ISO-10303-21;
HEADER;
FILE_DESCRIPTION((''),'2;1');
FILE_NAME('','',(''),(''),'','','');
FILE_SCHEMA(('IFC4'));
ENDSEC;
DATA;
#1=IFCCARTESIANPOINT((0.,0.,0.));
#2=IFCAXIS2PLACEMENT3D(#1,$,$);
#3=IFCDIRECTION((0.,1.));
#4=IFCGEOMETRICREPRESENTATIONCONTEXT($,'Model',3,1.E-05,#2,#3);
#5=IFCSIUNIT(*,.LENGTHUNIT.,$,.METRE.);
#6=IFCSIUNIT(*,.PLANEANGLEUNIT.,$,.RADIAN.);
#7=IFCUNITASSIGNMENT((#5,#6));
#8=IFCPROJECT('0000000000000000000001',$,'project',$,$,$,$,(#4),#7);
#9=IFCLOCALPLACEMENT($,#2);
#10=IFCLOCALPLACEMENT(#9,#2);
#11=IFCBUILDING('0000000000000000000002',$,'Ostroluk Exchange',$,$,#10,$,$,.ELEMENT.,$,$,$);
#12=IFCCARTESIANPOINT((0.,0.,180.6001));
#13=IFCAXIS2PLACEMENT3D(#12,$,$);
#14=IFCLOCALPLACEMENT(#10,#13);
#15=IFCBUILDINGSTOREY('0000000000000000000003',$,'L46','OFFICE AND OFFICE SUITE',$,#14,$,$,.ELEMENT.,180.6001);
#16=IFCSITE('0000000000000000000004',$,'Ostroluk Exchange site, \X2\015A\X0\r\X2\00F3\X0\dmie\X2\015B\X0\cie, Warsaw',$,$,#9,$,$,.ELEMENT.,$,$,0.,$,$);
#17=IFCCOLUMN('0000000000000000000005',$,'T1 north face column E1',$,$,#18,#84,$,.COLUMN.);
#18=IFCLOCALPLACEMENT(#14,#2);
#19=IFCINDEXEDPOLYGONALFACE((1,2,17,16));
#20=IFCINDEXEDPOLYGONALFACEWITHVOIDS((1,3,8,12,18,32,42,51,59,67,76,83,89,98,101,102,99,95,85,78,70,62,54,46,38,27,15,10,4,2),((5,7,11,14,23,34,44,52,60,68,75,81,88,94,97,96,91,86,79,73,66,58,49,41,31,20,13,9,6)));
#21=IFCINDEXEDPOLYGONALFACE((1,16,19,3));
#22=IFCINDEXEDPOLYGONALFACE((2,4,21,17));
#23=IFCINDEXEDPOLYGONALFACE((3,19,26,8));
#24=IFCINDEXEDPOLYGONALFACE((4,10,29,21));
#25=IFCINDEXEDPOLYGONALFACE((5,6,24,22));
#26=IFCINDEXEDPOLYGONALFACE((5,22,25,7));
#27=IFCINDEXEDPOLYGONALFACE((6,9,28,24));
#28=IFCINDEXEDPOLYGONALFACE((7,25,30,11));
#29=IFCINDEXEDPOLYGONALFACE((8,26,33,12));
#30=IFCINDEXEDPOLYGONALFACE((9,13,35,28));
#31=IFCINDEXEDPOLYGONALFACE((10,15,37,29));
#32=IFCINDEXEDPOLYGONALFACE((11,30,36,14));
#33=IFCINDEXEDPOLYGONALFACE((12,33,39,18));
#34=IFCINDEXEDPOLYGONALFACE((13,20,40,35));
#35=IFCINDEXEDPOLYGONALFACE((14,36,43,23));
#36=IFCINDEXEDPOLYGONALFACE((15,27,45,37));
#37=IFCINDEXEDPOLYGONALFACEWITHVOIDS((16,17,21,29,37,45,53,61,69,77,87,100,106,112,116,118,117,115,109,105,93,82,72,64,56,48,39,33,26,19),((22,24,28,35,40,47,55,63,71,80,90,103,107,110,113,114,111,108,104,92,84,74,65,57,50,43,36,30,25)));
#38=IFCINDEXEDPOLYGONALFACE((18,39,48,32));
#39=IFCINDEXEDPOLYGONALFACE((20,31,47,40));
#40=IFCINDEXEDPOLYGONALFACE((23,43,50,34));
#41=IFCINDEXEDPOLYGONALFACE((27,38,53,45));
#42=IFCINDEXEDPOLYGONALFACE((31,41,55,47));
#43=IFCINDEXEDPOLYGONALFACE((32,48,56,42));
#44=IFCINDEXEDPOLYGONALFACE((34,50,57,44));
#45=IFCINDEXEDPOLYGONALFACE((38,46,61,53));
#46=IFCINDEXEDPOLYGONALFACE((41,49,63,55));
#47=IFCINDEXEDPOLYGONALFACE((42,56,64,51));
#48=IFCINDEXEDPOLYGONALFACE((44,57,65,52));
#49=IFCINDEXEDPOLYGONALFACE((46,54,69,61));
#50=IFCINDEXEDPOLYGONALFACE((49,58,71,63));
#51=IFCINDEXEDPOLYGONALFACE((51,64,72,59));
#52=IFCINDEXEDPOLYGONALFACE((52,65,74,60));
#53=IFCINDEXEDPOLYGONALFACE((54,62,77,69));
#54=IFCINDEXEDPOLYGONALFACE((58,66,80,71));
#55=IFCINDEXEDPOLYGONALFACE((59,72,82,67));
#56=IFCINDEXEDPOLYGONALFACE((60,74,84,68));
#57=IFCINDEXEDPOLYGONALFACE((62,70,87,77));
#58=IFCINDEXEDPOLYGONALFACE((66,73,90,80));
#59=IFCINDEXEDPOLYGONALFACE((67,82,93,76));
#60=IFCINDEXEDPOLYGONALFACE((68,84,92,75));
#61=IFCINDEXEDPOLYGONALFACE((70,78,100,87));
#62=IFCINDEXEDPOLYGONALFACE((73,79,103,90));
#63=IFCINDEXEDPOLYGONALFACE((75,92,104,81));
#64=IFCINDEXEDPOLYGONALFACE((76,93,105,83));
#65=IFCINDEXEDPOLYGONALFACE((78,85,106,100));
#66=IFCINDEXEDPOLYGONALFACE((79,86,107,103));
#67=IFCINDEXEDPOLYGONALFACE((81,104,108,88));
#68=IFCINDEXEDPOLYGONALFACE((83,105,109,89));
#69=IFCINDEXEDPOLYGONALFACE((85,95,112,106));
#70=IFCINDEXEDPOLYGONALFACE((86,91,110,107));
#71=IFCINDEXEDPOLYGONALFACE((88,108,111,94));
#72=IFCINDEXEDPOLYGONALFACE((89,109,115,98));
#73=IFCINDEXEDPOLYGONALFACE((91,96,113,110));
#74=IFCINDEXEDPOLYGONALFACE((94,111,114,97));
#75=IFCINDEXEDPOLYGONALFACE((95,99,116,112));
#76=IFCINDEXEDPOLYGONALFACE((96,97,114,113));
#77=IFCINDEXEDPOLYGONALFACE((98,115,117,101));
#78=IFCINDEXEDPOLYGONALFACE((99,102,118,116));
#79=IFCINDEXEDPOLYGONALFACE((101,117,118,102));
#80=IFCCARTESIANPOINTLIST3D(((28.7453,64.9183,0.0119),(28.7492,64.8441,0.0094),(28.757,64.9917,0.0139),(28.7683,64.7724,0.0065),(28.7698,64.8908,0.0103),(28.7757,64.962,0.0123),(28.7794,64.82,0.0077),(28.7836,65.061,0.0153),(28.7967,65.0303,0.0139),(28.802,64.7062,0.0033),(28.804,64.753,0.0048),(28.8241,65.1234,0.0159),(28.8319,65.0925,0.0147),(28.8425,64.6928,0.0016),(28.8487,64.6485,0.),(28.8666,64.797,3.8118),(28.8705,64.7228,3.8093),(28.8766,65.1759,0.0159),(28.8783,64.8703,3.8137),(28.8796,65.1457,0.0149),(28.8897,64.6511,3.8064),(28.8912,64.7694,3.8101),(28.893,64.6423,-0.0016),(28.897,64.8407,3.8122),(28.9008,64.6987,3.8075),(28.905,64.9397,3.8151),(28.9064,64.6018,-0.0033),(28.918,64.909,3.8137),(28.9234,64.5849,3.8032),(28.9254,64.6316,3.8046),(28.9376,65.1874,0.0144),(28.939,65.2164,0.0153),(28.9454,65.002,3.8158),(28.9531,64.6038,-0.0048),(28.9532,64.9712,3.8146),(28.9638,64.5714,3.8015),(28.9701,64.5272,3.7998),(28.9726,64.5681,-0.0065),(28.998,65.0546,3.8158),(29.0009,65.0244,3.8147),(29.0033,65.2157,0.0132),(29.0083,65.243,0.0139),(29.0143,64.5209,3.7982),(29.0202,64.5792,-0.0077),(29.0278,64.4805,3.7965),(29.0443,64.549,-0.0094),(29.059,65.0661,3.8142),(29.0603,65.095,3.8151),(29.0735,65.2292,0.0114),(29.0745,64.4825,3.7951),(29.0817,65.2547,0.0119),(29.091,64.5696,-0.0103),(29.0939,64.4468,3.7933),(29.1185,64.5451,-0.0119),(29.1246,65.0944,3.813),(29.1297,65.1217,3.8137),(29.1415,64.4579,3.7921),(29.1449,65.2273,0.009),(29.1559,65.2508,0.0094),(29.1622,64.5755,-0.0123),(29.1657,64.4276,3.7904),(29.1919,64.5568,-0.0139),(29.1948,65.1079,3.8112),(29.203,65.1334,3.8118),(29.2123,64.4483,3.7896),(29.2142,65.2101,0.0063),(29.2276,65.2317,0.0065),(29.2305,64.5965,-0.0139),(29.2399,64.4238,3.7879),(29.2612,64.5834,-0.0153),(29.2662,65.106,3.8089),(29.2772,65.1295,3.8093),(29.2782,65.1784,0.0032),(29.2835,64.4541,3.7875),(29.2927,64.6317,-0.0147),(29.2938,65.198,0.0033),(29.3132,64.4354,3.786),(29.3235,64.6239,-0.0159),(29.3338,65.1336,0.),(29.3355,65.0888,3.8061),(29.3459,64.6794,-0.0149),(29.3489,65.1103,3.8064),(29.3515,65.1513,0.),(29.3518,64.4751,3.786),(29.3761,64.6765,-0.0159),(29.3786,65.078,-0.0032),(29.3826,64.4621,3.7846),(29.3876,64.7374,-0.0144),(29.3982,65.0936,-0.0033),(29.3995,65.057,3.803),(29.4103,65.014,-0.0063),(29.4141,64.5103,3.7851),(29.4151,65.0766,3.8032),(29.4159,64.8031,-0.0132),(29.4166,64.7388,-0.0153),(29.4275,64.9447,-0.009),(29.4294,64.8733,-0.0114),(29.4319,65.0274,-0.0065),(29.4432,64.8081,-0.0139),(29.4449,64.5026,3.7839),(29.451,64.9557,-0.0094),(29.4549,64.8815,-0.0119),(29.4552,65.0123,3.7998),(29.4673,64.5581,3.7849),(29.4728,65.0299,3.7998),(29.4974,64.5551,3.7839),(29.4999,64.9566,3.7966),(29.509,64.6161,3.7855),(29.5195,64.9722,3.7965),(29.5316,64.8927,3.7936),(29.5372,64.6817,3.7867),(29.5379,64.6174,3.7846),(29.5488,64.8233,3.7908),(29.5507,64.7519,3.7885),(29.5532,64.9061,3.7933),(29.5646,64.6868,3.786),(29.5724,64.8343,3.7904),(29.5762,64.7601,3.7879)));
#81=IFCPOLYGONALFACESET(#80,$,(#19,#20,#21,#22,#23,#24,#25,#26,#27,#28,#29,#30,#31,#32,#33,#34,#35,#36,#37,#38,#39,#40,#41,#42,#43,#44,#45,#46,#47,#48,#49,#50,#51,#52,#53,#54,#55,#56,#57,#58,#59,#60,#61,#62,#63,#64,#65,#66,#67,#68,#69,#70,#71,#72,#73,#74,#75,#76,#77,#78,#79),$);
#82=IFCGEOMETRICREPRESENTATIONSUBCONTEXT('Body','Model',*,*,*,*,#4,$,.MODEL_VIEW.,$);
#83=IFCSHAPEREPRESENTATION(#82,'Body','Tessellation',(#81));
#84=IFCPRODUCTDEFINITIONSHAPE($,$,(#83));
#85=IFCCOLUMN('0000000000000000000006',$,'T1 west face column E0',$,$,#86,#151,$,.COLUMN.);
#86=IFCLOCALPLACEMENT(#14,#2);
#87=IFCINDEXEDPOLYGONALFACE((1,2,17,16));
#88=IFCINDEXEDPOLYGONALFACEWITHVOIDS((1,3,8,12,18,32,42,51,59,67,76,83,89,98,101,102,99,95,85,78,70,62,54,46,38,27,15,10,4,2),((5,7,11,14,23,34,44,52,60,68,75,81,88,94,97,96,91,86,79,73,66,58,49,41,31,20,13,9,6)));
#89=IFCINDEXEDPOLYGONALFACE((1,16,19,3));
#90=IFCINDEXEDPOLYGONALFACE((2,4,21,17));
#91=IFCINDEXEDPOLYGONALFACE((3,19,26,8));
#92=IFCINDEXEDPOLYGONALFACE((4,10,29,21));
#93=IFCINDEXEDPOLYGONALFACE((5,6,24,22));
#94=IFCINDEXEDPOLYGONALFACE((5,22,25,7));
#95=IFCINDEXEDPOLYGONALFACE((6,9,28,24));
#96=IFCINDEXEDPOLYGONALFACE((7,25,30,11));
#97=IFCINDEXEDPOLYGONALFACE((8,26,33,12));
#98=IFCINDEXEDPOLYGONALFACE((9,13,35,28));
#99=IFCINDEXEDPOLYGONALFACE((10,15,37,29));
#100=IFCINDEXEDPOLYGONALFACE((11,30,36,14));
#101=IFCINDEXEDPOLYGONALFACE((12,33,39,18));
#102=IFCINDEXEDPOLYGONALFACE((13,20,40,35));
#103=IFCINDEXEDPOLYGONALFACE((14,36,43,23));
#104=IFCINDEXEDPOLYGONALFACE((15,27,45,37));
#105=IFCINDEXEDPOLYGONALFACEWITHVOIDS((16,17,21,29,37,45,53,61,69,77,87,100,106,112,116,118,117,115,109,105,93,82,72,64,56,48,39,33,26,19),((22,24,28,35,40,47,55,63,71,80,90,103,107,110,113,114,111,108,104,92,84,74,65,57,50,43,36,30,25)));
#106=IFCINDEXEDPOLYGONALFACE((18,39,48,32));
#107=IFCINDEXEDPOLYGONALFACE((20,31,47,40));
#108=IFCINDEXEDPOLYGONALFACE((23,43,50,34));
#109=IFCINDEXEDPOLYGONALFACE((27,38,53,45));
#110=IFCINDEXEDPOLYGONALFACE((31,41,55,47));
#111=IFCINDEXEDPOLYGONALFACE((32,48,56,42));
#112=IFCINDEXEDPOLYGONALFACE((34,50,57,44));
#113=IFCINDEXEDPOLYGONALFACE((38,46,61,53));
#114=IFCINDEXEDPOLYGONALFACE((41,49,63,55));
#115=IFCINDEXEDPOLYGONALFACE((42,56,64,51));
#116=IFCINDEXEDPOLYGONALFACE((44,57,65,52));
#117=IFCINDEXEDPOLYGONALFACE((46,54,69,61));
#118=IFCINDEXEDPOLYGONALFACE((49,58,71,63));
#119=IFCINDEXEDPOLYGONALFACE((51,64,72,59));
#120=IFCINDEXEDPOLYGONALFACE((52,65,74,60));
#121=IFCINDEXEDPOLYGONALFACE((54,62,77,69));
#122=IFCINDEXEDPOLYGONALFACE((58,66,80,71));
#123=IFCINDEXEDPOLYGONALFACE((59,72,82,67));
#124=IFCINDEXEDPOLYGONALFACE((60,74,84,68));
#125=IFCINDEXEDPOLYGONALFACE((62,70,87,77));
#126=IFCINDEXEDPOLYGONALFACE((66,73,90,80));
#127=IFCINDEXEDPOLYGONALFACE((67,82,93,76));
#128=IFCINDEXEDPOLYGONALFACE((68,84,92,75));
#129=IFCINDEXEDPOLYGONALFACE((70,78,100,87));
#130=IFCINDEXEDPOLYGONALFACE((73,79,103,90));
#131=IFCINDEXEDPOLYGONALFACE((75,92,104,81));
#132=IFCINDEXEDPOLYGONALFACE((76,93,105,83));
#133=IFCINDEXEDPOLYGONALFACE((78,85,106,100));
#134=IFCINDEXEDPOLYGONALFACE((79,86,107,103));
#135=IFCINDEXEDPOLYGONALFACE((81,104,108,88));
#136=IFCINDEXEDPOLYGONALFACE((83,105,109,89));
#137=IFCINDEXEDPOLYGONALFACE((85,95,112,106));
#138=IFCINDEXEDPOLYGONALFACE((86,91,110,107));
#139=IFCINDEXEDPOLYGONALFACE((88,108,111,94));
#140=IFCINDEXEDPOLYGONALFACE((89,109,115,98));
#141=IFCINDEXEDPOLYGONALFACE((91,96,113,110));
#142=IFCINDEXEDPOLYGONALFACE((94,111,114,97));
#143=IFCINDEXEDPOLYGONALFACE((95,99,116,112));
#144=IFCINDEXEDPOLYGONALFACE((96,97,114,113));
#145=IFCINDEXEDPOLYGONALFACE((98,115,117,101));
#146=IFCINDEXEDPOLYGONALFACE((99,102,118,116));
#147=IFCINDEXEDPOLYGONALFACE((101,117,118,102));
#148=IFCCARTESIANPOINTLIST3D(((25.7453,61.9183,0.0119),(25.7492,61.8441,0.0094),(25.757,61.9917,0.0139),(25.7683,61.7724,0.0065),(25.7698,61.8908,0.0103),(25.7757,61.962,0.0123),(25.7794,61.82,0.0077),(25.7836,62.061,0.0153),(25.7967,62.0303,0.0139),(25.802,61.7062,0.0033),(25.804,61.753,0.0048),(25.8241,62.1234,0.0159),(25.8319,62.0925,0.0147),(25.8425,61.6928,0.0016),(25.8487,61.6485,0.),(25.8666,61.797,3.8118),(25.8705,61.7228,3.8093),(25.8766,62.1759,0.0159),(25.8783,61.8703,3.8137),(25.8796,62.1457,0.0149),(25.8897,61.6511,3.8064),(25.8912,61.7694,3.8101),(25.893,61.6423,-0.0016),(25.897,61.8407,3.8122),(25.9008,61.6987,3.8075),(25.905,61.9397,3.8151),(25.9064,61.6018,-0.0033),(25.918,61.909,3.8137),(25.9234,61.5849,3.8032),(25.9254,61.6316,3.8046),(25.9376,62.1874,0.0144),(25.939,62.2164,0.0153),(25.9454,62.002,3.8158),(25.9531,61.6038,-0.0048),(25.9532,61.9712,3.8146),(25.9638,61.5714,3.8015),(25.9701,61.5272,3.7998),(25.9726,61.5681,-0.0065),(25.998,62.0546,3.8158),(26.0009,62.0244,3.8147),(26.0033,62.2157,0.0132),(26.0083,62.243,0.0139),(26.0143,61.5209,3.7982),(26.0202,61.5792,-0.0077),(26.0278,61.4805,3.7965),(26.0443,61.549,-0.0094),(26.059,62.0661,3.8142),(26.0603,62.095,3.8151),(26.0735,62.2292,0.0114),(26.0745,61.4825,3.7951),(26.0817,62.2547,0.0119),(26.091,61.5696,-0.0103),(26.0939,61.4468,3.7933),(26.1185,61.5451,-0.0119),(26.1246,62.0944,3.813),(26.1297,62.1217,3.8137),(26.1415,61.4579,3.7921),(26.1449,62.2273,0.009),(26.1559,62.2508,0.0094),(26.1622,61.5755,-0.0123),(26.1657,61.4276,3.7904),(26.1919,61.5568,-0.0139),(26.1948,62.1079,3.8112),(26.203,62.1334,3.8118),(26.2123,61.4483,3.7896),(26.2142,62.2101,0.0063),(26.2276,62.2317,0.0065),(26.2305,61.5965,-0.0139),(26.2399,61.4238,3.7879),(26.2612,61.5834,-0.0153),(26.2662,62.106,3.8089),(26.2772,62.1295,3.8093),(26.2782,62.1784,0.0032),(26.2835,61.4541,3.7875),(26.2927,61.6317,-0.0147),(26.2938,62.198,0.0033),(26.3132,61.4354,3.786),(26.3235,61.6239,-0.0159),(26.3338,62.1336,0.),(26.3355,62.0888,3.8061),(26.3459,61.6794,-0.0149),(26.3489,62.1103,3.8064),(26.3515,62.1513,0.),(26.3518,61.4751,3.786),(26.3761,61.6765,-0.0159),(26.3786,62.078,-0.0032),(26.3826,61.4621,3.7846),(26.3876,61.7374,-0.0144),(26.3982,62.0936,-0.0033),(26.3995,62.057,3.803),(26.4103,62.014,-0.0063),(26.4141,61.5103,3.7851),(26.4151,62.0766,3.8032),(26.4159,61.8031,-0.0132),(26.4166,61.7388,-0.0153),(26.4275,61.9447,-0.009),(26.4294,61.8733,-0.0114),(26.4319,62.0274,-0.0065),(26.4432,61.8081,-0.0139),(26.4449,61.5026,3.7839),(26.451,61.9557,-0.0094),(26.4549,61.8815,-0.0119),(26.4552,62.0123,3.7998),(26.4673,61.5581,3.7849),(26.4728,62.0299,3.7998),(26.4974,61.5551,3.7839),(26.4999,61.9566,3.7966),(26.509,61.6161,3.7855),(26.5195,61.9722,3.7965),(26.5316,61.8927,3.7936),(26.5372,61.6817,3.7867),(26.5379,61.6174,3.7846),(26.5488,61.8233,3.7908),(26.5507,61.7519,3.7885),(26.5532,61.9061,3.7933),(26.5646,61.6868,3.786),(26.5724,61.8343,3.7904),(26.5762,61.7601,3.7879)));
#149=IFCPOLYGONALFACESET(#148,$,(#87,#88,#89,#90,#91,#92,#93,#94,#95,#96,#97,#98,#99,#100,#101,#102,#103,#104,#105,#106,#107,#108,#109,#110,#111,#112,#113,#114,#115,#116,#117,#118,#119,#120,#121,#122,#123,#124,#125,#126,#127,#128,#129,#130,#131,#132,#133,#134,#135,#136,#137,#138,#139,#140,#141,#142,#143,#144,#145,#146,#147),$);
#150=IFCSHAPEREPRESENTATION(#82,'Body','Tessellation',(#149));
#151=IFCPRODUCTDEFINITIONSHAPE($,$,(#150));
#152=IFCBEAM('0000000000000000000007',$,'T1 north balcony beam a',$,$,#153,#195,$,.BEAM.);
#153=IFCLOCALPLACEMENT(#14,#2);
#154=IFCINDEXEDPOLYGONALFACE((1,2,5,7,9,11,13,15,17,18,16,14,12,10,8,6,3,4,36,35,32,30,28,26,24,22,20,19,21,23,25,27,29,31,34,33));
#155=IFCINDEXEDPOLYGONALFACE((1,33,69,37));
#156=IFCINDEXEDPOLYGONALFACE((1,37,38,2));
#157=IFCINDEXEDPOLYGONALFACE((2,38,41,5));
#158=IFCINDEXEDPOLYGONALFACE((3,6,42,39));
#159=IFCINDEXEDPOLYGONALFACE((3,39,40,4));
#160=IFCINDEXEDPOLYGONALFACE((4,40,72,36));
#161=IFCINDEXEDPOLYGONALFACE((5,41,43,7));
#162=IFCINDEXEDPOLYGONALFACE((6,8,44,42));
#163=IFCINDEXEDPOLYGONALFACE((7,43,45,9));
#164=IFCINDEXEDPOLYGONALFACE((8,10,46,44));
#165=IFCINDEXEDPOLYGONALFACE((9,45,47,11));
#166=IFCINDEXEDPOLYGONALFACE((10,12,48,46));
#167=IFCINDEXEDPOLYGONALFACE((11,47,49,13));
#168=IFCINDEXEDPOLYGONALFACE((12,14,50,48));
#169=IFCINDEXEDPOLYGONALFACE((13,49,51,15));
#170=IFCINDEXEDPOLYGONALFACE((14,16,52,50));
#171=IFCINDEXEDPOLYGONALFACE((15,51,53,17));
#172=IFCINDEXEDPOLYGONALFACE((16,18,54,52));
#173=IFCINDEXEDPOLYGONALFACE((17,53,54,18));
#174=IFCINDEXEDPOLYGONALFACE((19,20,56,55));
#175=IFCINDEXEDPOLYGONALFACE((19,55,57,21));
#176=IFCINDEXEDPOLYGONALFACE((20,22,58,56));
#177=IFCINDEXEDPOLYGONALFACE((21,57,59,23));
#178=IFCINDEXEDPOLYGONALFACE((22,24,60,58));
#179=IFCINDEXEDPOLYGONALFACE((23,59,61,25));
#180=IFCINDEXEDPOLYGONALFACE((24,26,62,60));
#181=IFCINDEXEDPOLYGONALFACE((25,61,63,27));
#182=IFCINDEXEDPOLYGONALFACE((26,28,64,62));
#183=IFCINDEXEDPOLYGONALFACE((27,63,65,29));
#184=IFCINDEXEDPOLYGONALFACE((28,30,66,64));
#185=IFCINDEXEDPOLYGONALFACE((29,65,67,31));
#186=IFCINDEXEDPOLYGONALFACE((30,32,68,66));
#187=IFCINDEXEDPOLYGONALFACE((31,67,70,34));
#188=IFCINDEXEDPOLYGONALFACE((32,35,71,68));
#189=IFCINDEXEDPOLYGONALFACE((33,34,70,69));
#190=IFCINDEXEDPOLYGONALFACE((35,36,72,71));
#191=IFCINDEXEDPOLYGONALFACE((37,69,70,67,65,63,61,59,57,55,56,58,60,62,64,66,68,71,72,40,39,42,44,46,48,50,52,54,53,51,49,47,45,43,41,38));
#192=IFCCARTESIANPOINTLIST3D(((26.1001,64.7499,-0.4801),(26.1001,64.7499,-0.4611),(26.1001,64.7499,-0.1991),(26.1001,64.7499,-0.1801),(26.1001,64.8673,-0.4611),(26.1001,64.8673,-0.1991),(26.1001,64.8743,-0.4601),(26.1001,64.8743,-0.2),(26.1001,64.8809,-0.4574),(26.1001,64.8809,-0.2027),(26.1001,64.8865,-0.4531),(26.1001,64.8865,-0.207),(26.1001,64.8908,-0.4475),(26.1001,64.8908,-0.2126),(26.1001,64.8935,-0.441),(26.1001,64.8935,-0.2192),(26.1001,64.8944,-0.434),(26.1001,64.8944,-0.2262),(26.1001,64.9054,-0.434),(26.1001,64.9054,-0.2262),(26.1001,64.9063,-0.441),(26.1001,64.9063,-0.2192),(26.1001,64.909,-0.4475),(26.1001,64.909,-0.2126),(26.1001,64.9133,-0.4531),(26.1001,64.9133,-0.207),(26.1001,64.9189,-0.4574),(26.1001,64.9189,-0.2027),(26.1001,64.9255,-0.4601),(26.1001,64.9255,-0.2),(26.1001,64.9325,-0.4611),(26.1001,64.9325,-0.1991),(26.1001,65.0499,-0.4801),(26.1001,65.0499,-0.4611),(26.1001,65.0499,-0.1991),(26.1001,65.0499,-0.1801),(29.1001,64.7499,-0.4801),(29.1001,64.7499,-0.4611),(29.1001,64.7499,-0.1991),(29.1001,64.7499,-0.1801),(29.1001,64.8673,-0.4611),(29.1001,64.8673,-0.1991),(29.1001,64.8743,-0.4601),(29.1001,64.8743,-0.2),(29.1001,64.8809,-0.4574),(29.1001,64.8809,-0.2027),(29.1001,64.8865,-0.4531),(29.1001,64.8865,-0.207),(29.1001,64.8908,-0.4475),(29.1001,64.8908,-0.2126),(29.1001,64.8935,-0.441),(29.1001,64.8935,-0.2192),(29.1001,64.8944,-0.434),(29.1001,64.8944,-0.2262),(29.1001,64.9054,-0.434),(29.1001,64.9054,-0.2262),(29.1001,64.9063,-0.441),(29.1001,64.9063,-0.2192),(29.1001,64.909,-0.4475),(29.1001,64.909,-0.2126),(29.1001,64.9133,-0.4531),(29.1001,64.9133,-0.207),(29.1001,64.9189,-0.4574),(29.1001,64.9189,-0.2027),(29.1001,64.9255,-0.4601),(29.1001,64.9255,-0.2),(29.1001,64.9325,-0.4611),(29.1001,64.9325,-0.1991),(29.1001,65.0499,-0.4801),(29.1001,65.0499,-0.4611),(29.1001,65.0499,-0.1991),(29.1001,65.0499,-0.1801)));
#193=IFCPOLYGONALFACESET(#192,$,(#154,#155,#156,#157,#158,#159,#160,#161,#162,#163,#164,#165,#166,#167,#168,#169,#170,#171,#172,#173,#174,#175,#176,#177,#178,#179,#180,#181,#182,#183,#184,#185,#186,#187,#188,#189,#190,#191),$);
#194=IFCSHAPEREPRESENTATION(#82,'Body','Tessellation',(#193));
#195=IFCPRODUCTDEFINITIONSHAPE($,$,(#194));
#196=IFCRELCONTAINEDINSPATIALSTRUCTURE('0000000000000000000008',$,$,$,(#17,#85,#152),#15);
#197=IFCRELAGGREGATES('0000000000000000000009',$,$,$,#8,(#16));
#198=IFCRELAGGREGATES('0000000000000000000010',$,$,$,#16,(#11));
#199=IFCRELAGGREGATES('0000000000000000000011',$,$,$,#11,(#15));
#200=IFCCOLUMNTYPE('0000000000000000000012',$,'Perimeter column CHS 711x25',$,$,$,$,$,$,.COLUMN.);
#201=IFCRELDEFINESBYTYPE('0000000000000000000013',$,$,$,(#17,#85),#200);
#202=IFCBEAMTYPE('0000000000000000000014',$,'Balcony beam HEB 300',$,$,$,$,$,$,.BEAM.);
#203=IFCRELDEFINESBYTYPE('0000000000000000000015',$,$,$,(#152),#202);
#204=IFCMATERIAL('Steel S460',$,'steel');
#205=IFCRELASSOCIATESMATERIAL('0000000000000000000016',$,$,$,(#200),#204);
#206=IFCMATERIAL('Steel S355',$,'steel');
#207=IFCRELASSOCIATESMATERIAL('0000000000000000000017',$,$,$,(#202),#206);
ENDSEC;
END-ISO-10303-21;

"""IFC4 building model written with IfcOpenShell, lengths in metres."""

from ifc_helpers import new_model, si_unit, direction, frame, origin, origin_2d, place, context, subcontext, project, spatial, hollow_circle, i_section, extrude, material, material_profile, profile_set, type_object, element, save


model = new_model("IFC4")

# Units and contexts
model_context = context("Model", 3, precision=1e-05, world=origin(), true_north=direction((0.0, 1.0)))
body_context = subcontext(model_context, "Body", "Model", "MODEL_VIEW")
ifc_project = project(units=[si_unit("LENGTHUNIT", "METRE"), si_unit("PLANEANGLEUNIT", "RADIAN")], contexts=[model_context])

# Site, building, storey
site_placement = place(None, origin())
site = spatial("IfcSite", under=ifc_project, at=site_placement, Name="Ostroluk Exchange site, Śródmieście, Warsaw", CompositionType="ELEMENT", RefElevation=0.0)
building_placement = place(site_placement, origin())
building = spatial("IfcBuilding", under=site, at=building_placement, Name="Ostroluk Exchange", CompositionType="ELEMENT")
storey_placement = place(building_placement, frame((0.0, 0.0, 180.6001)))
storey = spatial("IfcBuildingStorey", under=building, at=storey_placement, Name="L46", Description="OFFICE AND OFFICE SUITE", CompositionType="ELEMENT", Elevation=180.6001)

# Columns
ifc_material_1 = material(Name="Steel S460", Category="steel")
ifc_material_profile_1 = material_profile(ifc_material_1, hollow_circle(Radius=0.3555, WallThickness=0.0249, at=origin_2d()), Name="CHS 711x25")
ifc_profile_set_1 = profile_set([ifc_material_profile_1], Name="Steel S460")
column_type = type_object("IfcColumnType", Name="Perimeter column CHS 711x25", PredefinedType="COLUMN", material=ifc_profile_set_1)
for number, where, z_axis, x_axis, name in (
    (1, (29.1001, 64.8999, 0.0), (0.0319, -0.0319, 0.998982), (0.707107, 0.707107, 0.0), "T1 north face column E1"),
    (2, (26.1001, 61.8999, 0.0), (0.0319, -0.0319, 0.998982), (0.707107, 0.707107, 0.0), "T1 west face column E0"),
):
    element("IfcColumn", number, at=place(storey_placement, frame(where, z_axis=z_axis, x_axis=x_axis)), inside=storey, type_object=column_type, Name=name, PredefinedType="COLUMN", context=body_context, shape_type="SweptSolid", body=[
        extrude(hollow_circle(Radius=0.3555, WallThickness=0.0249, at=origin_2d()), origin(), (0.0, 0.0, 1.0), 3.8037),
    ])

# Beam
ifc_material_2 = material(Name="Steel S355", Category="steel")
ifc_material_profile_2 = material_profile(ifc_material_2, i_section(OverallWidth=0.3, OverallDepth=0.3, WebThickness=0.011, FlangeThickness=0.019, FilletRadius=0.0271, at=origin_2d()), Name="HEB 300")
ifc_profile_set_2 = profile_set([ifc_material_profile_2], Name="Steel S355")
beam_type_1 = type_object("IfcBeamType", Name="Balcony beam HEB 300", PredefinedType="BEAM", material=ifc_profile_set_2)
for number, where, z_axis, x_axis, name in (
    (3, (29.1001, 64.8999, -0.3301), (-1.0, 0.0, 0.0), (0.0, -1.0, 0.0), "T1 north balcony beam a"),
):
    element("IfcBeam", number, at=place(storey_placement, frame(where, z_axis=z_axis, x_axis=x_axis)), inside=storey, type_object=beam_type_1, Name=name, PredefinedType="BEAM", context=body_context, shape_type="SweptSolid", body=[
        extrude(i_section(OverallWidth=0.3, OverallDepth=0.3, WebThickness=0.011, FlangeThickness=0.019, FilletRadius=0.0271, at=origin_2d()), origin(), (0.0, 0.0, 1.0), 3.0),
    ])

save(model, "model.ifc")
